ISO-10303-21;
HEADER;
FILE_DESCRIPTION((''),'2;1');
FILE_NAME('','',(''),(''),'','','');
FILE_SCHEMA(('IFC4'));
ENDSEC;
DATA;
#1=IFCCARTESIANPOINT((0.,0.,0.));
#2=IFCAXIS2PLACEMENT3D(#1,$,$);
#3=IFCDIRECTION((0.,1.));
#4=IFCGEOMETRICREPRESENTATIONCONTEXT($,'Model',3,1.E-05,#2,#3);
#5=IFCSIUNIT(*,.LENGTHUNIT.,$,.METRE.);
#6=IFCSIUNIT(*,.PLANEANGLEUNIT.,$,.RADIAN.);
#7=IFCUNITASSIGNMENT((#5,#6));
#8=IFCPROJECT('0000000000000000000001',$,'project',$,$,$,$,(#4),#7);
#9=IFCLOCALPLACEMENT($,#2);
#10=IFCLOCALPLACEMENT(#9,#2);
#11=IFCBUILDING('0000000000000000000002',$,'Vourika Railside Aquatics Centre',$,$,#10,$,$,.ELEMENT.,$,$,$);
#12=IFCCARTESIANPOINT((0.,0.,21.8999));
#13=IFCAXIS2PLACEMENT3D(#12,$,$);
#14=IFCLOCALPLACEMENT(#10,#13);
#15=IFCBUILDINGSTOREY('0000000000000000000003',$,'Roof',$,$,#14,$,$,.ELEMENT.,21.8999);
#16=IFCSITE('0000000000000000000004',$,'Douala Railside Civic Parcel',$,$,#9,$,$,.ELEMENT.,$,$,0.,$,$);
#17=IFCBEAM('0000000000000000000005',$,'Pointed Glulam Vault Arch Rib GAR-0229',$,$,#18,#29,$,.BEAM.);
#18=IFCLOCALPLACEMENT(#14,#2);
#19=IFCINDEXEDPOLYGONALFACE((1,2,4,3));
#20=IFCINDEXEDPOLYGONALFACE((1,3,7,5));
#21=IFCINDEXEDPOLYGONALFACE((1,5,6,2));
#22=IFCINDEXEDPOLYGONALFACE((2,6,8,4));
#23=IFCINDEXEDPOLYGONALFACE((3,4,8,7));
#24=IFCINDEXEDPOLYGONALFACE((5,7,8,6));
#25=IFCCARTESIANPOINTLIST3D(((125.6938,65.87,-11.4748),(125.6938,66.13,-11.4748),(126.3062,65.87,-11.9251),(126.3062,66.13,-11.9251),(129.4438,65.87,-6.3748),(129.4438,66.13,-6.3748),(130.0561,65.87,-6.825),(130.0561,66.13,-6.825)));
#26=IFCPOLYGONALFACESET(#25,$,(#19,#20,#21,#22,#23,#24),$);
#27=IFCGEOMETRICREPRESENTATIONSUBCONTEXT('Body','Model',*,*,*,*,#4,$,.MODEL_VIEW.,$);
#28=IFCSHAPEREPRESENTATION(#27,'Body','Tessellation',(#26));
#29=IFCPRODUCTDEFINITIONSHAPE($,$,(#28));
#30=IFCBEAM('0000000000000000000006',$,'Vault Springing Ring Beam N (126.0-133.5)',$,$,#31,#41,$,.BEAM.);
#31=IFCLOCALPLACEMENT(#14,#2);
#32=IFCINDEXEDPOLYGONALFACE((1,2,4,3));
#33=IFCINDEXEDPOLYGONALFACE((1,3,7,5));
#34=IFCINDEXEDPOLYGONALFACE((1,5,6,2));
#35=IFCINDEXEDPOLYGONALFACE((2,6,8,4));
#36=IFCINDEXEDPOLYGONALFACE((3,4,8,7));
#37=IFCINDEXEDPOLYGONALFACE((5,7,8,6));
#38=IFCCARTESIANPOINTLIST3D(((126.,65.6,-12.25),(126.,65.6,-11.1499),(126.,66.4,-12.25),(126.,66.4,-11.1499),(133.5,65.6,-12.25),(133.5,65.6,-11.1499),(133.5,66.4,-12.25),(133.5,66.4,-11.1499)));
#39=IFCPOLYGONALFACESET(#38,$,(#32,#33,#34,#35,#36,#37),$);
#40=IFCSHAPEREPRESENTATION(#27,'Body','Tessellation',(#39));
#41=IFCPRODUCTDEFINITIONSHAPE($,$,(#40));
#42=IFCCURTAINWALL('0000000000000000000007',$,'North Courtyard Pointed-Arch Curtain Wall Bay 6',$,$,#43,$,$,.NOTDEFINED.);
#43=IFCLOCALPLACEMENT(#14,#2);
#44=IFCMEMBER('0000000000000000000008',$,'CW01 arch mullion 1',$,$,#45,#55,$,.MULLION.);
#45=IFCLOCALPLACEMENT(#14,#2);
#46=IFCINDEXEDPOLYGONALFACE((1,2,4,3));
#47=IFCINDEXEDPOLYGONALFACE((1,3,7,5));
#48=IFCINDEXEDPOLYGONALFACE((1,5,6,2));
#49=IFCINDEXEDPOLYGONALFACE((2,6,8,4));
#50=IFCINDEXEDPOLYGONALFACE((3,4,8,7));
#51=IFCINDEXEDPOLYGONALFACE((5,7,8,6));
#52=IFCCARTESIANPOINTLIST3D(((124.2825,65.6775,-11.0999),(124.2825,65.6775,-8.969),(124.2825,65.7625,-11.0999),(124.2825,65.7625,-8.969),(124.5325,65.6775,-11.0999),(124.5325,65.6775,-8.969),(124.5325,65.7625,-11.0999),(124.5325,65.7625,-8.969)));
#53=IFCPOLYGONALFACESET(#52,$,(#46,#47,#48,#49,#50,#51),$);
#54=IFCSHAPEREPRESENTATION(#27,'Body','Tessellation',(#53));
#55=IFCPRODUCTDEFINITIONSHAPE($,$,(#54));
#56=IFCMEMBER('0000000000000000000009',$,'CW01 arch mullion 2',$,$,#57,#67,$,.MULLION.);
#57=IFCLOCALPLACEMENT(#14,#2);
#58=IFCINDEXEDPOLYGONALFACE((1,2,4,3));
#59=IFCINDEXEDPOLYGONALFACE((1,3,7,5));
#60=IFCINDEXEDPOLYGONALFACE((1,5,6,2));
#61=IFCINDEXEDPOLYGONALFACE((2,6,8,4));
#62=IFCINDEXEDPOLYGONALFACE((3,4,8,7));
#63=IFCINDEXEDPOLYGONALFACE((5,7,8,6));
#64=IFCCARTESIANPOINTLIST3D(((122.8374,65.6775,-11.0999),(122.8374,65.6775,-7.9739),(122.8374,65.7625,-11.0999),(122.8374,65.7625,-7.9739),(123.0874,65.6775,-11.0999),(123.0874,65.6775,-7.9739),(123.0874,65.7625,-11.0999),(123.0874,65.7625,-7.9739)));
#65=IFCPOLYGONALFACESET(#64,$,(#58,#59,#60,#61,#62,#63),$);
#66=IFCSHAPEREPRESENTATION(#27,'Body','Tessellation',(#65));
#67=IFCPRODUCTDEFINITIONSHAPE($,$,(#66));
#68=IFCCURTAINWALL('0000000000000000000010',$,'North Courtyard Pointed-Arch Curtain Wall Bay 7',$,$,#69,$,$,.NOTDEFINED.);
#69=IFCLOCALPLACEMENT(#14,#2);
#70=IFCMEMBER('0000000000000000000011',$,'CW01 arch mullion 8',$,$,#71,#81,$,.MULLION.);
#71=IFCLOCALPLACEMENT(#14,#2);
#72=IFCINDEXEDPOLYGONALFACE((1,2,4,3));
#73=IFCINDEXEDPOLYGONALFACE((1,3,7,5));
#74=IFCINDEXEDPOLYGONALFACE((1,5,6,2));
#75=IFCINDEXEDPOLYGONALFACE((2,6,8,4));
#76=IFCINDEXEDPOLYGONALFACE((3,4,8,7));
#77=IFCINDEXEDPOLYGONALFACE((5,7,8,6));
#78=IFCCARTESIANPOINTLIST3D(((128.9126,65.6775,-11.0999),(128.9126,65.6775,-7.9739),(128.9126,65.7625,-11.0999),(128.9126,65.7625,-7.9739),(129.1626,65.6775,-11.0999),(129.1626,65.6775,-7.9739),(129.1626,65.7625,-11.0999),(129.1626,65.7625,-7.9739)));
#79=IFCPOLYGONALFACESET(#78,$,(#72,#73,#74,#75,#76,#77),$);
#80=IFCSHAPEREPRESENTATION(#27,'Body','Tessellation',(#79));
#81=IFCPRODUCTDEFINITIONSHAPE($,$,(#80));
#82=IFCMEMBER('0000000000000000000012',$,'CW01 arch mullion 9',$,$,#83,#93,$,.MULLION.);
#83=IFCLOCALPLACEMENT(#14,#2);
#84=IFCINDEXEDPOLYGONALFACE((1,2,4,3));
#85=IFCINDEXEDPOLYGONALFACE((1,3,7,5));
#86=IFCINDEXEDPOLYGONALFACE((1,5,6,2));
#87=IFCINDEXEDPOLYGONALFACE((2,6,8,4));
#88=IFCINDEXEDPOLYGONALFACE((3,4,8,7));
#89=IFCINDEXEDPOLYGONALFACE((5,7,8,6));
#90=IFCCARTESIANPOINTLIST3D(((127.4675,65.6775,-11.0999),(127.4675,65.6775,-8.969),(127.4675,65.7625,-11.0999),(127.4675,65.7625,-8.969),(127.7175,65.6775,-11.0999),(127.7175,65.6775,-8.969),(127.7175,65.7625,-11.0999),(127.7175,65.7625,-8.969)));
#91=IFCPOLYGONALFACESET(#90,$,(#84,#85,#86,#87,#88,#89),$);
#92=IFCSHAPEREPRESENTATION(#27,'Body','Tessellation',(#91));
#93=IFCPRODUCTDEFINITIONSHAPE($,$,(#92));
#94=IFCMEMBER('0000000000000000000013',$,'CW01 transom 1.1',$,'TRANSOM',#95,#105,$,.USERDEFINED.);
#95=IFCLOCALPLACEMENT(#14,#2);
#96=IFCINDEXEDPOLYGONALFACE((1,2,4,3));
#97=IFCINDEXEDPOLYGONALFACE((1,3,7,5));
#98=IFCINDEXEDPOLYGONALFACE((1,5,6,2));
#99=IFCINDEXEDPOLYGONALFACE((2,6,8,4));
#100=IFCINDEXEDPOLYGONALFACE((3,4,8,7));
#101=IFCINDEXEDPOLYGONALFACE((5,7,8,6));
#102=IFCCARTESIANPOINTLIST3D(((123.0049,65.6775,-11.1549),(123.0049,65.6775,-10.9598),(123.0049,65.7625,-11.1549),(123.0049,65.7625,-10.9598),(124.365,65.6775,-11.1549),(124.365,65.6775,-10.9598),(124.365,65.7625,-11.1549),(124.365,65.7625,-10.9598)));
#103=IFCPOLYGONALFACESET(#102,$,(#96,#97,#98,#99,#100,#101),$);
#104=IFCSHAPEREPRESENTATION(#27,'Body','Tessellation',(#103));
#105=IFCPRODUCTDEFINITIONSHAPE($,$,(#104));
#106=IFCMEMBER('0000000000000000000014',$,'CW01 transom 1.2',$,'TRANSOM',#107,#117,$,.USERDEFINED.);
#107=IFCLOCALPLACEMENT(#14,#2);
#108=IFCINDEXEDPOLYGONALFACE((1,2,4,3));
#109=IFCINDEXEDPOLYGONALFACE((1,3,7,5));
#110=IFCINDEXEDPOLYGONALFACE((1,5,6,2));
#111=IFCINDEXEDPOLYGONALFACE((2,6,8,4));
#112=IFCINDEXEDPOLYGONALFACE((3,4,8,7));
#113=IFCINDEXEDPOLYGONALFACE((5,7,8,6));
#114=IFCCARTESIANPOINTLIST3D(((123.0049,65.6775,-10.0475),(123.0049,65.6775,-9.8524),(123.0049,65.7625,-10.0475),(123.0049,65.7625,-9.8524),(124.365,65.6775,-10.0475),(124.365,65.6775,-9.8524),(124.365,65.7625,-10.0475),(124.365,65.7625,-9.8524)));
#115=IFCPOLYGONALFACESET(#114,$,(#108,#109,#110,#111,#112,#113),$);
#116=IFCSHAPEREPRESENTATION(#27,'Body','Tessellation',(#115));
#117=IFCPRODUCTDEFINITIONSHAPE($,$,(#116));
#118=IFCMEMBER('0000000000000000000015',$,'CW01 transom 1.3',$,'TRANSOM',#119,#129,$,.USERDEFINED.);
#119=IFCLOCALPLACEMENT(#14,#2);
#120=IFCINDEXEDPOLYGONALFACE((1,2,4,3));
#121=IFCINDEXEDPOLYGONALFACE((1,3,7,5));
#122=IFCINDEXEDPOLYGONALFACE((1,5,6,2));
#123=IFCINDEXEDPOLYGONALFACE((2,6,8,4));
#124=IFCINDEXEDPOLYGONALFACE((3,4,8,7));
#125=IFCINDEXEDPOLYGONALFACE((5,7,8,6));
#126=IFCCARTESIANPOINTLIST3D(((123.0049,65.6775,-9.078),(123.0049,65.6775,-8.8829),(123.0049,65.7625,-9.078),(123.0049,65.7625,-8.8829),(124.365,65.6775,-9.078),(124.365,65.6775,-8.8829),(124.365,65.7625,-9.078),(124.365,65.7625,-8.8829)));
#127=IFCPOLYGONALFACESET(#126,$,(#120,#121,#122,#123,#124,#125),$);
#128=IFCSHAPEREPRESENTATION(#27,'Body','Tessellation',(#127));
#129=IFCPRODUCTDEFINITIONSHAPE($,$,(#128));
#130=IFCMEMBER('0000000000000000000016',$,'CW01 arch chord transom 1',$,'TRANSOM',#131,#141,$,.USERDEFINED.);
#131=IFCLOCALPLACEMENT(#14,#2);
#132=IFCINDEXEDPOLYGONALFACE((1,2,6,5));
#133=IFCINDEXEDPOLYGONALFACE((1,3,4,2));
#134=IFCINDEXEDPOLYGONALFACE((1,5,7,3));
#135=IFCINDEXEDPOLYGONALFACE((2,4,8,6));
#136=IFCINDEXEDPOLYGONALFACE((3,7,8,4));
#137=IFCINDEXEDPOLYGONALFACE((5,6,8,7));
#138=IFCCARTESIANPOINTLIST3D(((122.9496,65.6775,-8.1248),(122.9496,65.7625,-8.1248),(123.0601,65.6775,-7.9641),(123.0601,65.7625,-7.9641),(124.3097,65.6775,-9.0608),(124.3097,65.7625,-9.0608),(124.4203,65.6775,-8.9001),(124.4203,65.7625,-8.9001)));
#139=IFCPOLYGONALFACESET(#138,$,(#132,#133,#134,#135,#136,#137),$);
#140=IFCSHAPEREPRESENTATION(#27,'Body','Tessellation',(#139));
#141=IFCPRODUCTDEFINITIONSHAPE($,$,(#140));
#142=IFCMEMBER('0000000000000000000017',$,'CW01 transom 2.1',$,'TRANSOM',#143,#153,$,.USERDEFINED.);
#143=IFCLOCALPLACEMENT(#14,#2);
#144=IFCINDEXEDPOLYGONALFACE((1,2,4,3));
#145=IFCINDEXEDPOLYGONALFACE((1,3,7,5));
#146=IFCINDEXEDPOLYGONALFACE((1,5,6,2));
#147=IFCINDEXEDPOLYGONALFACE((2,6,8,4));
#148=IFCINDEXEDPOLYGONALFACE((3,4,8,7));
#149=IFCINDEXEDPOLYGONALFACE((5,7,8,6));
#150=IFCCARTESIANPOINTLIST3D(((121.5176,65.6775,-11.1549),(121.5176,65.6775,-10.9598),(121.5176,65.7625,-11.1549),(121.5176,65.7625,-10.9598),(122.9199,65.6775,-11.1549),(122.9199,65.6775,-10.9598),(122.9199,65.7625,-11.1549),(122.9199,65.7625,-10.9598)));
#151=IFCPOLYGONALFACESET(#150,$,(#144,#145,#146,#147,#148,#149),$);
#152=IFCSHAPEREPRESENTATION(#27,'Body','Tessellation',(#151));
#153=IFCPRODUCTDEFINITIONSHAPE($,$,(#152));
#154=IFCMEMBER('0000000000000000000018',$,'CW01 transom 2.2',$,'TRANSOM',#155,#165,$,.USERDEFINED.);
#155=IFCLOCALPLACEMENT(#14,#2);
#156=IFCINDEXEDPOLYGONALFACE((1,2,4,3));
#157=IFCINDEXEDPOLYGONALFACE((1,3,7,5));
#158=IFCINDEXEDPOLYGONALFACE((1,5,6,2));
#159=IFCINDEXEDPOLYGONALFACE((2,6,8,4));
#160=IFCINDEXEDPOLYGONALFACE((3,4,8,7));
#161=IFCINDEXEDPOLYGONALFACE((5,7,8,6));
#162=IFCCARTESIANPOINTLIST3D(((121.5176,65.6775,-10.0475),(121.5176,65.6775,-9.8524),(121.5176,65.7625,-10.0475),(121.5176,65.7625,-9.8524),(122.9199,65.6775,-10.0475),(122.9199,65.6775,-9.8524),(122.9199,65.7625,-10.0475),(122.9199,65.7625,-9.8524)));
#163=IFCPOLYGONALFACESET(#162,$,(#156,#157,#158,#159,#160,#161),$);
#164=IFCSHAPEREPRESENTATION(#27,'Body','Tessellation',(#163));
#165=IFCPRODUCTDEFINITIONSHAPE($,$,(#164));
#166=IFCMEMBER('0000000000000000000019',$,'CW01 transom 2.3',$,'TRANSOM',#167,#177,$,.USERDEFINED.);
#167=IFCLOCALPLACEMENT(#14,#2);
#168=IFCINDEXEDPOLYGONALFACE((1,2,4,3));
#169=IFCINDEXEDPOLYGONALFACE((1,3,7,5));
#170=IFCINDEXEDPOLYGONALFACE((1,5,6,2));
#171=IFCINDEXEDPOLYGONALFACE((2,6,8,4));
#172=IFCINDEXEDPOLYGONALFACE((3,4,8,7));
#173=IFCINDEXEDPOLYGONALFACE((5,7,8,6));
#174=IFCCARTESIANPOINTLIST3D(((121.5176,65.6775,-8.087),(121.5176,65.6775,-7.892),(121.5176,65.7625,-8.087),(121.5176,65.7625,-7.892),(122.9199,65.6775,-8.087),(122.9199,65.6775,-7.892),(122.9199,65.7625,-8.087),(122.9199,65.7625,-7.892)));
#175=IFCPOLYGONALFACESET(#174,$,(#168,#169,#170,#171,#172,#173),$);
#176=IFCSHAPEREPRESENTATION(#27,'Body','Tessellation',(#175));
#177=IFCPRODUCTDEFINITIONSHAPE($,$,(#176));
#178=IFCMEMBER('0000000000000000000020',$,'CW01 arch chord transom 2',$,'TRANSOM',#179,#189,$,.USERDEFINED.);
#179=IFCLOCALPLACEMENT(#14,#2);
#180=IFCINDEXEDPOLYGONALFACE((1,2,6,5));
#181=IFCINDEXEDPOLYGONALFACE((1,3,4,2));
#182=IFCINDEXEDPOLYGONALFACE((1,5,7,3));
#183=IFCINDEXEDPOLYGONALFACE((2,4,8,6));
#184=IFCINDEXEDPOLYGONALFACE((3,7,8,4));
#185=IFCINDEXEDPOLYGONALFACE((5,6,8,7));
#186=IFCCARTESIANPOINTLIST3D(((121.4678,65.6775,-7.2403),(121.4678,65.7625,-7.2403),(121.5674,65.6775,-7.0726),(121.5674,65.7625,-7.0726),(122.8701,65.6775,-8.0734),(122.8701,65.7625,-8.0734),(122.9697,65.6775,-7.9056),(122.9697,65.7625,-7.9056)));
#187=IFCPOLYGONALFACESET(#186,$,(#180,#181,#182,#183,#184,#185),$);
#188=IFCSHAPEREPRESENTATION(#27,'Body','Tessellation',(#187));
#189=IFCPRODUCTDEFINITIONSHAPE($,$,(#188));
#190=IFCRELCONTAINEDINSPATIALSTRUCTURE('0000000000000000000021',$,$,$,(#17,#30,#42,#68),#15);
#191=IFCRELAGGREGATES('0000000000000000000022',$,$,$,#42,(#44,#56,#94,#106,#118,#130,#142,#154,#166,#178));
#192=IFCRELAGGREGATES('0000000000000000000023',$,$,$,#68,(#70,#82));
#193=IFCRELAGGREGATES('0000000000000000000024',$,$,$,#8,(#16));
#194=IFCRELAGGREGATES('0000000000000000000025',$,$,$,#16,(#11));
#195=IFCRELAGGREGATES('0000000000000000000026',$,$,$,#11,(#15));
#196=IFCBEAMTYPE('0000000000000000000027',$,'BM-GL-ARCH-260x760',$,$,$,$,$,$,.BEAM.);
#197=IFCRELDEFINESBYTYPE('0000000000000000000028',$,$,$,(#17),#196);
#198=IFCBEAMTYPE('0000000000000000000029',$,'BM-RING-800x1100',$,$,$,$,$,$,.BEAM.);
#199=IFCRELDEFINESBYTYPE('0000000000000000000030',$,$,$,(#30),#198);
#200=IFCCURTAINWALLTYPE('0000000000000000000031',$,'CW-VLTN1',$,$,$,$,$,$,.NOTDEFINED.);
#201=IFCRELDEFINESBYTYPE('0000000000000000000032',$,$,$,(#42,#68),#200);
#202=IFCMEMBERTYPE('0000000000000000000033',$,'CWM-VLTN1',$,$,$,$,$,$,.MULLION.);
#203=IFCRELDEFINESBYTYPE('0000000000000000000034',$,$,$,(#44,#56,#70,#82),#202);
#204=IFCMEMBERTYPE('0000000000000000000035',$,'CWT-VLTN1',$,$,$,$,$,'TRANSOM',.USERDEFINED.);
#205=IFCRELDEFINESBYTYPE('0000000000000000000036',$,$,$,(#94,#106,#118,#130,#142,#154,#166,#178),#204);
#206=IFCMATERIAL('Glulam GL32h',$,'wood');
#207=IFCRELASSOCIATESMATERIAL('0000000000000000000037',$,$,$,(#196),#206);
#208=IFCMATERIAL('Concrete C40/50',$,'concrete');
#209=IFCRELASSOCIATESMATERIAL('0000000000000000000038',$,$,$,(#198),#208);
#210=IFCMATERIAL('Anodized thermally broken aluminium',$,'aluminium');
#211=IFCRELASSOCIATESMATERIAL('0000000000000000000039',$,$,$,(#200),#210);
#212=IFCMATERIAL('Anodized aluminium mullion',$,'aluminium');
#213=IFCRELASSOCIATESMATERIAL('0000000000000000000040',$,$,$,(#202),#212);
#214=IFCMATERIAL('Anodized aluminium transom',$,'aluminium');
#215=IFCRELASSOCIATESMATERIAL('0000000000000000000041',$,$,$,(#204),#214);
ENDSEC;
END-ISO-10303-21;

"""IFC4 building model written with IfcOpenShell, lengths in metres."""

from ifc_helpers import new_model, si_unit, direction, frame, origin, origin_2d, place, context, subcontext, project, spatial, rectangle, extrude, material, material_profile, profile_set, type_object, element, aggregate, save


model = new_model("IFC4")

# Units and contexts
model_context = context("Model", 3, precision=1e-05, world=origin(), true_north=direction((0.0, 1.0)))
body_context = subcontext(model_context, "Body", "Model", "MODEL_VIEW")
ifc_project = project(units=[si_unit("LENGTHUNIT", "METRE"), si_unit("PLANEANGLEUNIT", "RADIAN")], contexts=[model_context])

# Site, building, storey
site_placement = place(None, origin())
site = spatial("IfcSite", under=ifc_project, at=site_placement, Name="Douala Railside Civic Parcel", CompositionType="ELEMENT", RefElevation=0.0)
building_placement = place(site_placement, origin())
building = spatial("IfcBuilding", under=site, at=building_placement, Name="Vourika Railside Aquatics Centre", CompositionType="ELEMENT")
storey_placement = place(building_placement, frame((0.0, 0.0, 21.8999)))
storey = spatial("IfcBuildingStorey", under=building, at=storey_placement, Name="Roof", CompositionType="ELEMENT", Elevation=21.8999)

# Beams
ifc_material_1 = material(Name="Glulam GL32h", Category="wood")
ifc_material_profile_1 = material_profile(ifc_material_1, rectangle(XDim=0.26, YDim=0.76, at=origin_2d()), Name="GL32h 260x760")
ifc_profile_set_1 = profile_set([ifc_material_profile_1], Name="Glulam GL32h")
beam_type_1 = type_object("IfcBeamType", Name="BM-GL-ARCH-260x760", PredefinedType="BEAM", material=ifc_profile_set_1)
beam_1_placement = place(storey_placement, frame((126.0, 66.0, -11.7), z_axis=(0.592383, 0.0, 0.805656), x_axis=(0.0, 1.0, 0.0)))
element("IfcBeam", 1, at=beam_1_placement, inside=storey, type_object=beam_type_1, Name="Pointed Glulam Vault Arch Rib GAR-0229", PredefinedType="BEAM", context=body_context, shape_type="SweptSolid", body=[
    extrude(rectangle(XDim=0.26, YDim=0.76, at=origin_2d()), origin(), (0.0, 0.0, 1.0), 6.3303),
])
ifc_material_2 = material(Name="Concrete C40/50", Category="concrete")
ifc_material_profile_2 = material_profile(ifc_material_2, rectangle(XDim=0.8, YDim=1.1001, at=origin_2d()), Name="RC 800x1100")
ifc_profile_set_2 = profile_set([ifc_material_profile_2], Name="Concrete C40/50")
beam_type_2 = type_object("IfcBeamType", Name="BM-RING-800x1100", PredefinedType="BEAM", material=ifc_profile_set_2)
beam_2_placement = place(storey_placement, frame((126.0, 66.0, -11.7), z_axis=(1.0, 0.0, 0.0), x_axis=(0.0, 1.0, 0.0)))
element("IfcBeam", 2, at=beam_2_placement, inside=storey, type_object=beam_type_2, Name="Vault Springing Ring Beam N (126.0-133.5)", PredefinedType="BEAM", context=body_context, shape_type="SweptSolid", body=[
    extrude(rectangle(XDim=0.8, YDim=1.1001, at=origin_2d()), origin(), (0.0, 0.0, 1.0), 7.5),
])

# Curtain walls, members
ifc_material_3 = material(Name="Anodized thermally broken aluminium", Category="aluminium")
curtain_wall_type = type_object("IfcCurtainWallType", Name="CW-VLTN1", PredefinedType="NOTDEFINED", material=ifc_material_3)
curtain_wall_1_placement = place(storey_placement, origin())
curtain_wall_1 = element("IfcCurtainWall", 3, at=curtain_wall_1_placement, inside=storey, type_object=curtain_wall_type, Name="North Courtyard Pointed-Arch Curtain Wall Bay 6", PredefinedType="NOTDEFINED")
ifc_material_4 = material(Name="Anodized aluminium mullion", Category="aluminium")
ifc_material_profile_3 = material_profile(ifc_material_4, rectangle(XDim=0.085, YDim=0.25, at=origin_2d()), Name="ALU-M 85x250")
ifc_profile_set_3 = profile_set([ifc_material_profile_3], Name="Anodized aluminium mullion")
member_type_1 = type_object("IfcMemberType", Name="CWM-VLTN1", PredefinedType="MULLION", material=ifc_profile_set_3)
member_1_placement = place(storey_placement, frame((124.4075, 65.72, -11.0999), z_axis=(0.0, 0.0, 1.0), x_axis=(0.0, -1.0, 0.0)))
member_1 = element("IfcMember", 4, at=member_1_placement, type_object=member_type_1, Name="CW01 arch mullion 1", PredefinedType="MULLION", context=body_context, shape_type="SweptSolid", body=[
    extrude(rectangle(XDim=0.085, YDim=0.25, at=origin_2d()), origin(), (0.0, 0.0, 1.0), 2.1309),
])
member_2_placement = place(storey_placement, frame((122.9624, 65.72, -11.0999), z_axis=(0.0, 0.0, 1.0), x_axis=(0.0, -1.0, 0.0)))
member_2 = element("IfcMember", 5, at=member_2_placement, type_object=member_type_1, Name="CW01 arch mullion 2", PredefinedType="MULLION", context=body_context, shape_type="SweptSolid", body=[
    extrude(rectangle(XDim=0.085, YDim=0.25, at=origin_2d()), origin(), (0.0, 0.0, 1.0), 3.126),
])
curtain_wall_2_placement = place(storey_placement, origin())
curtain_wall_2 = element("IfcCurtainWall", 6, at=curtain_wall_2_placement, inside=storey, type_object=curtain_wall_type, Name="North Courtyard Pointed-Arch Curtain Wall Bay 7", PredefinedType="NOTDEFINED")
member_3_placement = place(storey_placement, frame((129.0376, 65.72, -11.0999), z_axis=(0.0, 0.0, 1.0), x_axis=(0.0, -1.0, 0.0)))
member_3 = element("IfcMember", 7, at=member_3_placement, type_object=member_type_1, Name="CW01 arch mullion 8", PredefinedType="MULLION", context=body_context, shape_type="SweptSolid", body=[
    extrude(rectangle(XDim=0.085, YDim=0.25, at=origin_2d()), origin(), (0.0, 0.0, 1.0), 3.126),
])
member_4_placement = place(storey_placement, frame((127.5925, 65.72, -11.0999), z_axis=(0.0, 0.0, 1.0), x_axis=(0.0, -1.0, 0.0)))
member_4 = element("IfcMember", 8, at=member_4_placement, type_object=member_type_1, Name="CW01 arch mullion 9", PredefinedType="MULLION", context=body_context, shape_type="SweptSolid", body=[
    extrude(rectangle(XDim=0.085, YDim=0.25, at=origin_2d()), origin(), (0.0, 0.0, 1.0), 2.1309),
])

# Members
ifc_material_5 = material(Name="Anodized aluminium transom", Category="aluminium")
ifc_material_profile_4 = material_profile(ifc_material_5, rectangle(XDim=0.085, YDim=0.1951, at=origin_2d()), Name="ALU-T 85x195")
ifc_profile_set_4 = profile_set([ifc_material_profile_4], Name="Anodized aluminium transom")
member_type_2 = type_object("IfcMemberType", Name="CWT-VLTN1", ElementType="TRANSOM", PredefinedType="USERDEFINED", material=ifc_profile_set_4)
member_5_placement = place(storey_placement, frame((124.365, 65.72, -11.0574), z_axis=(-1.0, 0.0, 0.0), x_axis=(0.0, -1.0, 0.0)))
member_5 = element("IfcMember", 9, at=member_5_placement, type_object=member_type_2, Name="CW01 transom 1.1", ObjectType="TRANSOM", PredefinedType="USERDEFINED", context=body_context, shape_type="SweptSolid", body=[
    extrude(rectangle(XDim=0.085, YDim=0.1951, at=origin_2d()), origin(), (0.0, 0.0, 1.0), 1.3601),
])
member_6_placement = place(storey_placement, frame((124.365, 65.72, -9.95), z_axis=(-1.0, 0.0, 0.0), x_axis=(0.0, -1.0, 0.0)))
member_6 = element("IfcMember", 10, at=member_6_placement, type_object=member_type_2, Name="CW01 transom 1.2", ObjectType="TRANSOM", PredefinedType="USERDEFINED", context=body_context, shape_type="SweptSolid", body=[
    extrude(rectangle(XDim=0.085, YDim=0.1951, at=origin_2d()), origin(), (0.0, 0.0, 1.0), 1.3601),
])
member_7_placement = place(storey_placement, frame((124.365, 65.72, -8.9805), z_axis=(-1.0, 0.0, 0.0), x_axis=(0.0, -1.0, 0.0)))
member_7 = element("IfcMember", 11, at=member_7_placement, type_object=member_type_2, Name="CW01 transom 1.3", ObjectType="TRANSOM", PredefinedType="USERDEFINED", context=body_context, shape_type="SweptSolid", body=[
    extrude(rectangle(XDim=0.085, YDim=0.1951, at=origin_2d()), origin(), (0.0, 0.0, 1.0), 1.3601),
])
member_8_placement = place(storey_placement, frame((124.365, 65.72, -8.9805), z_axis=(-0.82377, 0.0, 0.566924), x_axis=(0.0, -1.0, 0.0)))
member_8 = element("IfcMember", 12, at=member_8_placement, type_object=member_type_2, Name="CW01 arch chord transom 1", ObjectType="TRANSOM", PredefinedType="USERDEFINED", context=body_context, shape_type="SweptSolid", body=[
    extrude(rectangle(XDim=0.085, YDim=0.1951, at=origin_2d()), origin(), (0.0, 0.0, 1.0), 1.6511),
])
member_9_placement = place(storey_placement, frame((122.9199, 65.72, -11.0574), z_axis=(-1.0, 0.0, 0.0), x_axis=(0.0, -1.0, 0.0)))
member_9 = element("IfcMember", 13, at=member_9_placement, type_object=member_type_2, Name="CW01 transom 2.1", ObjectType="TRANSOM", PredefinedType="USERDEFINED", context=body_context, shape_type="SweptSolid", body=[
    extrude(rectangle(XDim=0.085, YDim=0.1951, at=origin_2d()), origin(), (0.0, 0.0, 1.0), 1.4023),
])
member_10_placement = place(storey_placement, frame((122.9199, 65.72, -9.95), z_axis=(-1.0, 0.0, 0.0), x_axis=(0.0, -1.0, 0.0)))
member_10 = element("IfcMember", 14, at=member_10_placement, type_object=member_type_2, Name="CW01 transom 2.2", ObjectType="TRANSOM", PredefinedType="USERDEFINED", context=body_context, shape_type="SweptSolid", body=[
    extrude(rectangle(XDim=0.085, YDim=0.1951, at=origin_2d()), origin(), (0.0, 0.0, 1.0), 1.4023),
])
member_11_placement = place(storey_placement, frame((122.9199, 65.72, -7.9895), z_axis=(-1.0, 0.0, 0.0), x_axis=(0.0, -1.0, 0.0)))
member_11 = element("IfcMember", 15, at=member_11_placement, type_object=member_type_2, Name="CW01 transom 2.3", ObjectType="TRANSOM", PredefinedType="USERDEFINED", context=body_context, shape_type="SweptSolid", body=[
    extrude(rectangle(XDim=0.085, YDim=0.1951, at=origin_2d()), origin(), (0.0, 0.0, 1.0), 1.4023),
])
member_12_placement = place(storey_placement, frame((122.9199, 65.72, -7.9895), z_axis=(-0.859756, 0.0, 0.510705), x_axis=(0.0, -1.0, 0.0)))
member_12 = element("IfcMember", 16, at=member_12_placement, type_object=member_type_2, Name="CW01 arch chord transom 2", ObjectType="TRANSOM", PredefinedType="USERDEFINED", context=body_context, shape_type="SweptSolid", body=[
    extrude(rectangle(XDim=0.085, YDim=0.1951, at=origin_2d()), origin(), (0.0, 0.0, 1.0), 1.6311),
])

aggregate(curtain_wall_1, [member_1, member_2, member_5, member_6, member_7, member_8, member_9, member_10, member_11, member_12])
aggregate(curtain_wall_2, [member_3, member_4])

save(model, "model.ifc")
